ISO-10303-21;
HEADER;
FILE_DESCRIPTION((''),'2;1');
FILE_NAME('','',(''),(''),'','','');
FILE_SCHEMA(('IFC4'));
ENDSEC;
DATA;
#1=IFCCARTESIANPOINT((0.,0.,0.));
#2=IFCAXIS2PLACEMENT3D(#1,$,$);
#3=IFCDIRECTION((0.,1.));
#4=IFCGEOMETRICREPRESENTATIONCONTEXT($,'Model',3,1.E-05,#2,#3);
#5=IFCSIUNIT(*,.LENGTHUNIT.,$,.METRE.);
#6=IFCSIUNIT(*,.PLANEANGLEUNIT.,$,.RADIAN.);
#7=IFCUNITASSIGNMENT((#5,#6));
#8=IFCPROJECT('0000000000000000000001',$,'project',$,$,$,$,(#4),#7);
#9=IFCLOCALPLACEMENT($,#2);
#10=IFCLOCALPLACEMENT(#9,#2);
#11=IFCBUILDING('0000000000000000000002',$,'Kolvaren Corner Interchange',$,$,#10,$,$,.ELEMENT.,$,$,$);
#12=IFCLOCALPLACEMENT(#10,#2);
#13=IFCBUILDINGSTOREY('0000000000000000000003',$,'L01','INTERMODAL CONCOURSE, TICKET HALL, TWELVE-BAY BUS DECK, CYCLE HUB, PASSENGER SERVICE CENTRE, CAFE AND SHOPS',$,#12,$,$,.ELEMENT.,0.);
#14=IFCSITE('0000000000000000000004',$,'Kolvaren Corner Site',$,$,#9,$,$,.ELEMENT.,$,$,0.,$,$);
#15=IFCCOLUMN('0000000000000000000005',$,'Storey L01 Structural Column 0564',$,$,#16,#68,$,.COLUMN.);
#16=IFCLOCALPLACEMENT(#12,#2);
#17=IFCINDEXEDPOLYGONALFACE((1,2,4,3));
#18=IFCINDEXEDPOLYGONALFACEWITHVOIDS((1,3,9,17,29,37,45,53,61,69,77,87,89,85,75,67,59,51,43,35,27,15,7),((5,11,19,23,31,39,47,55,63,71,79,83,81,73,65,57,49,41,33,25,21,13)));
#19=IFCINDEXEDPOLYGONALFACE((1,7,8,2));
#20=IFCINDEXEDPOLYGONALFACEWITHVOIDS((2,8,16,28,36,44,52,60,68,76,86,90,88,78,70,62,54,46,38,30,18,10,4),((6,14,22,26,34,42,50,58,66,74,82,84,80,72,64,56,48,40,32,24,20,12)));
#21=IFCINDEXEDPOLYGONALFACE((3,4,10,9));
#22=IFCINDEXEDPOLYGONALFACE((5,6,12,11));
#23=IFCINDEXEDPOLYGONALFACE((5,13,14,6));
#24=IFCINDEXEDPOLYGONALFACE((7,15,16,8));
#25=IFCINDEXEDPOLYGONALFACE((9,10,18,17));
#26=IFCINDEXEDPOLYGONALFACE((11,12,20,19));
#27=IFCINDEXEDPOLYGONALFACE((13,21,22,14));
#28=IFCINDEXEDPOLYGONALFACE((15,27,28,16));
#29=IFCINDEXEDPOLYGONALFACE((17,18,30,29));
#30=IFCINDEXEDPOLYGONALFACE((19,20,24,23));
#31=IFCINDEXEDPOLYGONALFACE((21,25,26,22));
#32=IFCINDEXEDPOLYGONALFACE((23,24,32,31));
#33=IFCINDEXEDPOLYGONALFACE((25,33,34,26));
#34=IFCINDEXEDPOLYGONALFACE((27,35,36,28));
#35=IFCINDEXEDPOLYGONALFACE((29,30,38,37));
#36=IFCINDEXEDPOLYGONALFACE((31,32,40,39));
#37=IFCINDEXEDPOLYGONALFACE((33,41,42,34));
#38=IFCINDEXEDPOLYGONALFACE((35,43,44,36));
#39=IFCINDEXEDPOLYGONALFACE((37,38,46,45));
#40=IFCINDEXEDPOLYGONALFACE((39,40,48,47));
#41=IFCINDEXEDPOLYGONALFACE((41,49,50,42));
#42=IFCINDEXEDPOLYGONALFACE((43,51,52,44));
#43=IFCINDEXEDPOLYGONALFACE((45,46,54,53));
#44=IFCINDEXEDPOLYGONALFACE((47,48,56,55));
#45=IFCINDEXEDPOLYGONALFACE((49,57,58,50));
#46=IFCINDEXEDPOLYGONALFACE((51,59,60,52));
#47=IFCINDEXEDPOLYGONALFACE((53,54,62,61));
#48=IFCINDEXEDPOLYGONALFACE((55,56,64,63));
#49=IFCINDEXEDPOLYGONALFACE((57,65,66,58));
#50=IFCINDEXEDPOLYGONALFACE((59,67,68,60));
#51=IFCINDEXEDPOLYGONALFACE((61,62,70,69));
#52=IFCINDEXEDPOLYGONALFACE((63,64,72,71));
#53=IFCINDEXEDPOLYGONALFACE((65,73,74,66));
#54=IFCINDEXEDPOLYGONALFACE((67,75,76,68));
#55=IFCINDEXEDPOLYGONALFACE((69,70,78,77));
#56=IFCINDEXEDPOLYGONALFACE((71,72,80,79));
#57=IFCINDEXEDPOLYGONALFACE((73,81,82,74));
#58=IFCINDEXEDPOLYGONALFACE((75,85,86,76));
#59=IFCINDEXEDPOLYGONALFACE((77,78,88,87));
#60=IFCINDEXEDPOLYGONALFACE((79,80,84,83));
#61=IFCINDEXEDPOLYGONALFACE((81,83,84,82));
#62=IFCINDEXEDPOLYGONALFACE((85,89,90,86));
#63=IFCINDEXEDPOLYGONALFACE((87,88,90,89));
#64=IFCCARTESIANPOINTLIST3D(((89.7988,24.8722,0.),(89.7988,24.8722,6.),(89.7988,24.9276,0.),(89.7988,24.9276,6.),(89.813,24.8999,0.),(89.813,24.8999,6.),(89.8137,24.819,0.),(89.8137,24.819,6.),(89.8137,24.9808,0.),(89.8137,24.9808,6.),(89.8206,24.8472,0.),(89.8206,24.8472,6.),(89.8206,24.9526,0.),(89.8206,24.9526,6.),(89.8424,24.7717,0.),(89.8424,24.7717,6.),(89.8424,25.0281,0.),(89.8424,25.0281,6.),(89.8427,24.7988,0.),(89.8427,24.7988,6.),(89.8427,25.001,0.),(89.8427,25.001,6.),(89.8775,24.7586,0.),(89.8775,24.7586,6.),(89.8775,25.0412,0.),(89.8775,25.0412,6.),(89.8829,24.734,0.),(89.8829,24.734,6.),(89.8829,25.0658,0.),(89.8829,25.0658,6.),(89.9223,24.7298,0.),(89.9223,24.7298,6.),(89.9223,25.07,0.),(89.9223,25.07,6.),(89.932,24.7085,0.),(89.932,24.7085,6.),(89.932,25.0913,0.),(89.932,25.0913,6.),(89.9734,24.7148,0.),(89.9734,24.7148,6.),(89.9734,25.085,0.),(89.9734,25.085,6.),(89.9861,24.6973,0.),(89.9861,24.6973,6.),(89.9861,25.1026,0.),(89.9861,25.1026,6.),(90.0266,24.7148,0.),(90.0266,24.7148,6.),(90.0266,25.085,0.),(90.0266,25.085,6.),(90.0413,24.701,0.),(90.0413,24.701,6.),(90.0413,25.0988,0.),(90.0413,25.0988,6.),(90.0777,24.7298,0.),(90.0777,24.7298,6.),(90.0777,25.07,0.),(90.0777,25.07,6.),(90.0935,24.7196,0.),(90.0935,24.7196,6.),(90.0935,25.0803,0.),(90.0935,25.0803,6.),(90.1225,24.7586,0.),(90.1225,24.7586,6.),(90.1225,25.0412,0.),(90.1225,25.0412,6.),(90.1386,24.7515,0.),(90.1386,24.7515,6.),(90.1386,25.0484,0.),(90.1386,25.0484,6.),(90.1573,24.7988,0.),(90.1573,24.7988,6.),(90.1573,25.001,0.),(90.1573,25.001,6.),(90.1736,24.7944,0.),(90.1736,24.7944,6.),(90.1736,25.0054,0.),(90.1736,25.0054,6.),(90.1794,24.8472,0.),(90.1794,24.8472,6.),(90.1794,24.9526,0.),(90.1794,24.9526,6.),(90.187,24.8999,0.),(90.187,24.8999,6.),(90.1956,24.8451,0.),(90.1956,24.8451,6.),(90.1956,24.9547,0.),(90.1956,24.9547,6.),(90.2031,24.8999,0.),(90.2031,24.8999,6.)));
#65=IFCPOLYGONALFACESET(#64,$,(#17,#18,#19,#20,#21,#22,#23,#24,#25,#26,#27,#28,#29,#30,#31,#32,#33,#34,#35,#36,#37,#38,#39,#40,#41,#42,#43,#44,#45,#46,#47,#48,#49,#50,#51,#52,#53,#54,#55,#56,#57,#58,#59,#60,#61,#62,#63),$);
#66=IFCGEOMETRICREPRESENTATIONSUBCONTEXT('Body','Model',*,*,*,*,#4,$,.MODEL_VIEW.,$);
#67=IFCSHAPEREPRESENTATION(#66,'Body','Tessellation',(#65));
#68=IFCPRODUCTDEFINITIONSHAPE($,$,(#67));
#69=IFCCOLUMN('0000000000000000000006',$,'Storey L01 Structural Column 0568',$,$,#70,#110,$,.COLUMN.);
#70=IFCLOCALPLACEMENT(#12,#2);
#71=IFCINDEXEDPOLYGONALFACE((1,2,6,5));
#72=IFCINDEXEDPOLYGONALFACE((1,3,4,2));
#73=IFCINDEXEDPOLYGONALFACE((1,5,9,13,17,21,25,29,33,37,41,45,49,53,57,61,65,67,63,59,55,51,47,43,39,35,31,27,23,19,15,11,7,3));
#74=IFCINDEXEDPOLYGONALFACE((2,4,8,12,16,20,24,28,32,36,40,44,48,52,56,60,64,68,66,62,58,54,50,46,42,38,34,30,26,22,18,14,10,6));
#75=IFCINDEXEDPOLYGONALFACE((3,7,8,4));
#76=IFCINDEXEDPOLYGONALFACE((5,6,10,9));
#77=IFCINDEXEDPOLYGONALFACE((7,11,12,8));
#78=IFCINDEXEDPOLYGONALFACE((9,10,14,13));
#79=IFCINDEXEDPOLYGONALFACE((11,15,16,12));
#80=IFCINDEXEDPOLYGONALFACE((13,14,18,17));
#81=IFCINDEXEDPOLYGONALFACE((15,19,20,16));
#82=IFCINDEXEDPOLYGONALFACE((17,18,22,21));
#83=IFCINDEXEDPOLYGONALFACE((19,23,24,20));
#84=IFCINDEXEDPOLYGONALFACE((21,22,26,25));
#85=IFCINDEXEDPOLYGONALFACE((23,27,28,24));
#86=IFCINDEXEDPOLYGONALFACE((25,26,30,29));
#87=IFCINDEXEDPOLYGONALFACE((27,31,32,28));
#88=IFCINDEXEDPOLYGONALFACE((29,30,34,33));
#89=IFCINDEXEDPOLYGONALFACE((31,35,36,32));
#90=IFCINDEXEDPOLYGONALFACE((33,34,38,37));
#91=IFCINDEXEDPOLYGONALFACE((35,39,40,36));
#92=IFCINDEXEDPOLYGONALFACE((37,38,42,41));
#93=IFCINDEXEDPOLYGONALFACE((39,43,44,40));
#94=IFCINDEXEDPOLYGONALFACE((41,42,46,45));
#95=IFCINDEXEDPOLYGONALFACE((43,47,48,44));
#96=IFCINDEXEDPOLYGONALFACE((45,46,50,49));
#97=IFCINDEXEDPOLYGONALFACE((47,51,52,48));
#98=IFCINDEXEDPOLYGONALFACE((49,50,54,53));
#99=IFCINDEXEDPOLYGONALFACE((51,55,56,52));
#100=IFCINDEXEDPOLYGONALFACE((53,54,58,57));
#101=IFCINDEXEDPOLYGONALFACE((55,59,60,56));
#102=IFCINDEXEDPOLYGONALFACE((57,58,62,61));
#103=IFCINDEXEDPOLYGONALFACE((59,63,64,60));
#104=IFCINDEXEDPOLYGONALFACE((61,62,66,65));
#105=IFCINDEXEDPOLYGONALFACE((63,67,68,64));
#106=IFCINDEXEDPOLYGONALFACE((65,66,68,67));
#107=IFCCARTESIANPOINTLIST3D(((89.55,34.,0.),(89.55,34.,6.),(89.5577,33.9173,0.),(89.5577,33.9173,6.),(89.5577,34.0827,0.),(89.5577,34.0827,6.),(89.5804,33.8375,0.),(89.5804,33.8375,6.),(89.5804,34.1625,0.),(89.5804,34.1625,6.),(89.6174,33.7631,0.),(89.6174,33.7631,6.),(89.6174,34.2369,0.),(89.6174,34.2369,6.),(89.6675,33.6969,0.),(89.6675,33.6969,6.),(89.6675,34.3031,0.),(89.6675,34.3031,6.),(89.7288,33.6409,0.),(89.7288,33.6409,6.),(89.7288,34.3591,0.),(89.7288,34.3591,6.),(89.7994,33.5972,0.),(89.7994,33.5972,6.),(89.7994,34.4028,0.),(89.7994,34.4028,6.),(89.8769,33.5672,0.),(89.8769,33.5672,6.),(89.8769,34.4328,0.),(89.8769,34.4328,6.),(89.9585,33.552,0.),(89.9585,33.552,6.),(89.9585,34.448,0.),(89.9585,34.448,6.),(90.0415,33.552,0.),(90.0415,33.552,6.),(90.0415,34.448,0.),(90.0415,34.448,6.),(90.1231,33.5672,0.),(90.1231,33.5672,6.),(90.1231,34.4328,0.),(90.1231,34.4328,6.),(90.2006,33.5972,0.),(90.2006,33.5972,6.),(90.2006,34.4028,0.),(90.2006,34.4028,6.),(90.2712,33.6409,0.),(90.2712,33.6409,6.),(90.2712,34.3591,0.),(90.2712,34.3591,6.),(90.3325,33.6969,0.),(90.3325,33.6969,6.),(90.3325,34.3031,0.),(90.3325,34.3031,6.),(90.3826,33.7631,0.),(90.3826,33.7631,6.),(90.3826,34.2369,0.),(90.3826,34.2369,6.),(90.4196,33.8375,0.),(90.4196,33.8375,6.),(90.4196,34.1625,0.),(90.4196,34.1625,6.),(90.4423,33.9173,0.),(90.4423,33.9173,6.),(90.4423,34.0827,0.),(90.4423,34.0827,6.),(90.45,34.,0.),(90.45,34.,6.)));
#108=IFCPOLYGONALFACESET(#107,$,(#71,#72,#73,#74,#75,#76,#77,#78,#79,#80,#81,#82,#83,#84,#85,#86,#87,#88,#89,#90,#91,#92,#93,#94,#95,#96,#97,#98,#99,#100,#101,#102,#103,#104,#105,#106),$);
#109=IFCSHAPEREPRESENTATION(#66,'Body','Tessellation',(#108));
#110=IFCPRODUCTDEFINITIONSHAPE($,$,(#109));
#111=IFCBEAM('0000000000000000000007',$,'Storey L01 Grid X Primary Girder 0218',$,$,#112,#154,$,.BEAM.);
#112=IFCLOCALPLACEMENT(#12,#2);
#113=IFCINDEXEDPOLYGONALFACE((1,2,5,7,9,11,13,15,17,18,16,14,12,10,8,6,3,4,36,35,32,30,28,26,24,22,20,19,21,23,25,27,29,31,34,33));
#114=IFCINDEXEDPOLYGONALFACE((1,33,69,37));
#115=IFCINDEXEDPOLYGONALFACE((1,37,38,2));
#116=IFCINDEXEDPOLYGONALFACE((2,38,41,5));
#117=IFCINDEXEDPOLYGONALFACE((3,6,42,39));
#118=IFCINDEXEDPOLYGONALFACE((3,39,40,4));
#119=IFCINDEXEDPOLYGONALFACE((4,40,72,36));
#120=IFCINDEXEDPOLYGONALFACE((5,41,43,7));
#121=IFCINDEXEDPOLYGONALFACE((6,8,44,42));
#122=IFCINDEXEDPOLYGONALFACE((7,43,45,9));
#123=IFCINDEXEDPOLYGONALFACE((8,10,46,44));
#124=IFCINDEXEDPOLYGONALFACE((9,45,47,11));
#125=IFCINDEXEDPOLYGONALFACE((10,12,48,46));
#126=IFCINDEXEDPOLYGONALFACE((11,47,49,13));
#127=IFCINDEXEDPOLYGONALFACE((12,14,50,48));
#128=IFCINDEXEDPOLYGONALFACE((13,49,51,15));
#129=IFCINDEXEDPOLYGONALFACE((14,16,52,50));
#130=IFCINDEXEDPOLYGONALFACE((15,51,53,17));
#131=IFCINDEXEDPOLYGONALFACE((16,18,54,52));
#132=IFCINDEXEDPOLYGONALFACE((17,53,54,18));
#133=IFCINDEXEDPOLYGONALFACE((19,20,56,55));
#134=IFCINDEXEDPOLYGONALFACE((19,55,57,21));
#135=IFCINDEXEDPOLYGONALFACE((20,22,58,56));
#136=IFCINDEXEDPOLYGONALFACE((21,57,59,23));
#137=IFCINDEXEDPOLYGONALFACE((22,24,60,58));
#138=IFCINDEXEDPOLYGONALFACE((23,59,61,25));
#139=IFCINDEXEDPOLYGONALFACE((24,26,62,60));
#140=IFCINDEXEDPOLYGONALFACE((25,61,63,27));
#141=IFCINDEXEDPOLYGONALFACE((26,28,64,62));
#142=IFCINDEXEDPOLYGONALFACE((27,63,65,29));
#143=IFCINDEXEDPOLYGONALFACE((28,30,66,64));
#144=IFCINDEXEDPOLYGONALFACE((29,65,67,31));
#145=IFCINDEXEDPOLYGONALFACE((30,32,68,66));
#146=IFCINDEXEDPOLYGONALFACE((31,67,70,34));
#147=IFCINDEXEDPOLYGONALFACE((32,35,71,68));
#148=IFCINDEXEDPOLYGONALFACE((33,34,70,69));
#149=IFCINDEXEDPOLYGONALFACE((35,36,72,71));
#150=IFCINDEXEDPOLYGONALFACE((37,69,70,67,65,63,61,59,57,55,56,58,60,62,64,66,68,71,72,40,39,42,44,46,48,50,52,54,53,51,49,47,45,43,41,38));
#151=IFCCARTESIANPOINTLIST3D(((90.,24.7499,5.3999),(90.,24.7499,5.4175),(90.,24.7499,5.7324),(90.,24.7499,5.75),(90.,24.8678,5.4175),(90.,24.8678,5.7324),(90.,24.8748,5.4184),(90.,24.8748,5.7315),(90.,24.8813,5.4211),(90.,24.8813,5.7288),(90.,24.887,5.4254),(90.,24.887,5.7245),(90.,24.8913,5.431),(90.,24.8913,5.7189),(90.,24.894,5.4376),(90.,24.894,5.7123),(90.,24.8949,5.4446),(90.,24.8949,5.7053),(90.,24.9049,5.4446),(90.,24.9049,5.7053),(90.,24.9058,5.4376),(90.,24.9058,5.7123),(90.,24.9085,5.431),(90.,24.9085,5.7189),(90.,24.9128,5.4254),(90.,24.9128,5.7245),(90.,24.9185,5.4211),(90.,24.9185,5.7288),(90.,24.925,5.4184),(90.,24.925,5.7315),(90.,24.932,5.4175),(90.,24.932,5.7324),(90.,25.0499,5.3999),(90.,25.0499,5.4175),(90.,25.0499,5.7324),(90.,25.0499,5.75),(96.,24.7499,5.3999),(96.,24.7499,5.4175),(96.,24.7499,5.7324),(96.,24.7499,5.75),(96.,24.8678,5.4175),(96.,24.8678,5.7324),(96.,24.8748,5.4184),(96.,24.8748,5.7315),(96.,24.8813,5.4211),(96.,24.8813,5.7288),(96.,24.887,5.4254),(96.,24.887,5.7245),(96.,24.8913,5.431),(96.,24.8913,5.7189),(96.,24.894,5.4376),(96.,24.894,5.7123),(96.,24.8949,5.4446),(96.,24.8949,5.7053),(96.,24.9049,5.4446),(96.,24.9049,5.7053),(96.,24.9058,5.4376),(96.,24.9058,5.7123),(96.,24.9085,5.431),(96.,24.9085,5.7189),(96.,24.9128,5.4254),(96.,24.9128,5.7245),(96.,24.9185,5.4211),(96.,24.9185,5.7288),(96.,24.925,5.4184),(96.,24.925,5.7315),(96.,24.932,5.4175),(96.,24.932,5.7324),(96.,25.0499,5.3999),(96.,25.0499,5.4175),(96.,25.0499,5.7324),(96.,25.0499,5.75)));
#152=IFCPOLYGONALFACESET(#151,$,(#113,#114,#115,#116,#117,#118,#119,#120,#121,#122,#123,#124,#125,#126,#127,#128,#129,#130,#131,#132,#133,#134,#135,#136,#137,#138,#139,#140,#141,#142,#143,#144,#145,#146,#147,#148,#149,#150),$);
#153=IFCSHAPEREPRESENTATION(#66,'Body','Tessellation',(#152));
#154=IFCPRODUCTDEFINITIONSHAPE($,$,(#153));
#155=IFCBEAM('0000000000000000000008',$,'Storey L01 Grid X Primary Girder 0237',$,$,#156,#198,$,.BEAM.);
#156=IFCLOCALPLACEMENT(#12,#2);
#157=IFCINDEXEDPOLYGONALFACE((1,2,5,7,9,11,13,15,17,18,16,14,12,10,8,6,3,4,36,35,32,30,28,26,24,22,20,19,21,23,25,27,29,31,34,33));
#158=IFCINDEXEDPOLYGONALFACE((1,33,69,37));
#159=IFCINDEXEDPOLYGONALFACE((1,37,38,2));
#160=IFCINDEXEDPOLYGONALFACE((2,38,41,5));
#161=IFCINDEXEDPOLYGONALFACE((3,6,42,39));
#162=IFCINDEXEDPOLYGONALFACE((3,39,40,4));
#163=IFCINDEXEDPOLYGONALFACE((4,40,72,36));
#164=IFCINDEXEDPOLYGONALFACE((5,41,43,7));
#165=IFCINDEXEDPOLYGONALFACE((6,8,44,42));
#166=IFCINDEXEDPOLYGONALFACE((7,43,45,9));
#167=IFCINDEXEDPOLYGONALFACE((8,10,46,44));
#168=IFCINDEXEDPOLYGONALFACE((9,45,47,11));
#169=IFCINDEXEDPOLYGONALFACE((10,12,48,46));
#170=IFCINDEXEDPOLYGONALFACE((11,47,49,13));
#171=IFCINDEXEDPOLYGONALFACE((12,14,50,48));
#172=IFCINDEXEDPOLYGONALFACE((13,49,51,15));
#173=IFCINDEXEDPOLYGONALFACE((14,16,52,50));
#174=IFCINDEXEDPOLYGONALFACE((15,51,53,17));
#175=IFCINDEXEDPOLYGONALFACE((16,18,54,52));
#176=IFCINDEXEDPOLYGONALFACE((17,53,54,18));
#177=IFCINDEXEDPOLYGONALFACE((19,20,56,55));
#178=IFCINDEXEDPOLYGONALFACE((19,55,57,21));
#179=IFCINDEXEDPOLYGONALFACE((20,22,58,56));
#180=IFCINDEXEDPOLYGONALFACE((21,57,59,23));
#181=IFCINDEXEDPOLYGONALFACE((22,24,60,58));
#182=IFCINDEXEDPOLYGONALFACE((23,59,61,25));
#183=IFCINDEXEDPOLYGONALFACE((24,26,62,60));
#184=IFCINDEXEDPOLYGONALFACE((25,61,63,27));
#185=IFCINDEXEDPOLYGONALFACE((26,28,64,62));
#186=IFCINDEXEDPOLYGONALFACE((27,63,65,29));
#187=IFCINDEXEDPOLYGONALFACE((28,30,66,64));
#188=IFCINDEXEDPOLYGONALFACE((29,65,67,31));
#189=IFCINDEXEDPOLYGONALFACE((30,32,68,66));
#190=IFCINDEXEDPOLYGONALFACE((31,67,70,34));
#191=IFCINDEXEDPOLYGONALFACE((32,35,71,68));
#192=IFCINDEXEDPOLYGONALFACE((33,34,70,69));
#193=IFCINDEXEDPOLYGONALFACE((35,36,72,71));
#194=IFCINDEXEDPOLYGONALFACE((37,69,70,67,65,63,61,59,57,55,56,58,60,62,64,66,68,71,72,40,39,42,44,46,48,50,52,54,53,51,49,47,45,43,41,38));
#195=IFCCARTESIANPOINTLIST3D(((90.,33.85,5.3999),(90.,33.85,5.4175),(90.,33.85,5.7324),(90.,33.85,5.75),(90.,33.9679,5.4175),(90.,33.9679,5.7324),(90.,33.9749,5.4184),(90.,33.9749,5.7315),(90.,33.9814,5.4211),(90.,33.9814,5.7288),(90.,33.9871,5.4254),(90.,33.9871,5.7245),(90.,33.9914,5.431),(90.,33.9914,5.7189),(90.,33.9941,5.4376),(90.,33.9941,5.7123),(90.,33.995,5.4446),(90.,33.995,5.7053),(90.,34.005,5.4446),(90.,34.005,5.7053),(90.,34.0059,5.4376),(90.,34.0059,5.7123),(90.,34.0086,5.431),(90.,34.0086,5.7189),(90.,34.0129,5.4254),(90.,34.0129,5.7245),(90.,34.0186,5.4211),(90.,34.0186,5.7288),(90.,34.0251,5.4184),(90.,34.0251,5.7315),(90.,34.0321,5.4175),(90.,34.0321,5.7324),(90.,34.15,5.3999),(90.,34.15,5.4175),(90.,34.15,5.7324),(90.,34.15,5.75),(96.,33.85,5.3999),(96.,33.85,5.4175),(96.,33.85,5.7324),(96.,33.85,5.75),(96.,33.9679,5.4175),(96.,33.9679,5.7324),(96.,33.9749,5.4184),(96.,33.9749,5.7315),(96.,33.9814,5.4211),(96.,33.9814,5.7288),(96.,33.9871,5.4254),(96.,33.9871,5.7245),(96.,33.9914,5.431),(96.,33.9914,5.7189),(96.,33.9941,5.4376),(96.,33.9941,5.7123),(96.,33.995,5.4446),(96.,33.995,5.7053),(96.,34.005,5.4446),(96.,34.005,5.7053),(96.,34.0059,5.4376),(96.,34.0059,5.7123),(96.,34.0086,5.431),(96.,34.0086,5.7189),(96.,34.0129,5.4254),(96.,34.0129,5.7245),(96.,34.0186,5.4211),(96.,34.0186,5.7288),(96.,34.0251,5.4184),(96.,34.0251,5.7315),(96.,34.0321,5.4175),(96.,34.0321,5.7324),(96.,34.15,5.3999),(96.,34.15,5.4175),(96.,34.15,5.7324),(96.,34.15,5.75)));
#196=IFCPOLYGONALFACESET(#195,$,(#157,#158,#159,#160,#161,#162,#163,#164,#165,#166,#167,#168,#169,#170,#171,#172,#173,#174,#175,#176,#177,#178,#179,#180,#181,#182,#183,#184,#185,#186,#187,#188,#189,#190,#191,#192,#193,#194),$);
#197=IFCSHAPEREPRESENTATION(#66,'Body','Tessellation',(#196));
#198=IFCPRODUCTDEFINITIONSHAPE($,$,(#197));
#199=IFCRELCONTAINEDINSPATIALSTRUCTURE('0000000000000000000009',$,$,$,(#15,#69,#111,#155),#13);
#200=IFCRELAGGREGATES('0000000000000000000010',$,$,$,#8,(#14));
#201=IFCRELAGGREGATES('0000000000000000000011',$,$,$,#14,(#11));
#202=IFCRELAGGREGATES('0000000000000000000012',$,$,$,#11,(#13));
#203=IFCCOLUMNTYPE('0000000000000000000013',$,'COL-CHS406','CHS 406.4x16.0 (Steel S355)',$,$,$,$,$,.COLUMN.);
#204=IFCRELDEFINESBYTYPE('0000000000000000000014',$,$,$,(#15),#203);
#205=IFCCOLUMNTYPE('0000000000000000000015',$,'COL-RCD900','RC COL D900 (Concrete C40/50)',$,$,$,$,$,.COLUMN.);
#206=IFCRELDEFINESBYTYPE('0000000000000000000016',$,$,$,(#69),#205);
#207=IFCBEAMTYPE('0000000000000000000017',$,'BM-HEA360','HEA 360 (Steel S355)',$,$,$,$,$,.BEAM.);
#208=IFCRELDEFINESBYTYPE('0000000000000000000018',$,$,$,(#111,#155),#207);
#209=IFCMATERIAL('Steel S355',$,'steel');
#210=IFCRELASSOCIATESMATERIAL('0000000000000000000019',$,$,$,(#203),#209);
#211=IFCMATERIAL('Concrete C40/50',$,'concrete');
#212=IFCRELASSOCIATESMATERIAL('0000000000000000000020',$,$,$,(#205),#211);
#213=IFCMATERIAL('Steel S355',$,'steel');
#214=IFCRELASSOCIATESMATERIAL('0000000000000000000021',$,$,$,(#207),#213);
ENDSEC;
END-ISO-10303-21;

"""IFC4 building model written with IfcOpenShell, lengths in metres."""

from ifc_helpers import new_model, si_unit, direction, frame, origin, origin_2d, place, context, subcontext, project, spatial, circle, hollow_circle, i_section, extrude, material, material_profile, profile_set, type_object, element, save


model = new_model("IFC4")

# Units and contexts
model_context = context("Model", 3, precision=1e-05, world=origin(), true_north=direction((0.0, 1.0)))
body_context = subcontext(model_context, "Body", "Model", "MODEL_VIEW")
ifc_project = project(units=[si_unit("LENGTHUNIT", "METRE"), si_unit("PLANEANGLEUNIT", "RADIAN")], contexts=[model_context])

# Site, building, storey
site_placement = place(None, origin())
site = spatial("IfcSite", under=ifc_project, at=site_placement, Name="Kolvaren Corner Site", CompositionType="ELEMENT", RefElevation=0.0)
building_placement = place(site_placement, origin())
building = spatial("IfcBuilding", under=site, at=building_placement, Name="Kolvaren Corner Interchange", CompositionType="ELEMENT")
storey_placement = place(building_placement, origin())
storey = spatial("IfcBuildingStorey", under=building, at=storey_placement, Name="L01", Description="INTERMODAL CONCOURSE, TICKET HALL, TWELVE-BAY BUS DECK, CYCLE HUB, PASSENGER SERVICE CENTRE, CAFE AND SHOPS", CompositionType="ELEMENT", Elevation=0.0)

# Columns
ifc_material_1 = material(Name="Steel S355", Category="steel")
ifc_material_profile_1 = material_profile(ifc_material_1, hollow_circle(Radius=0.2031, WallThickness=0.0161, at=origin_2d()), Name="CHS 406.4x16.0")
ifc_profile_set_1 = profile_set([ifc_material_profile_1], Name="Steel S355")
column_type_1 = type_object("IfcColumnType", Name="COL-CHS406", Description="CHS 406.4x16.0 (Steel S355)", PredefinedType="COLUMN", material=ifc_profile_set_1)
column_1_placement = place(storey_placement, frame((90.0, 24.8999, 0.0), z_axis=(0.0, 0.0, 1.0), x_axis=(1.0, 0.0, 0.0)))
element("IfcColumn", 1, at=column_1_placement, inside=storey, type_object=column_type_1, Name="Storey L01 Structural Column 0564", PredefinedType="COLUMN", context=body_context, shape_type="SweptSolid", body=[
    extrude(hollow_circle(Radius=0.2031, WallThickness=0.0161, at=origin_2d()), origin(), (0.0, 0.0, 1.0), 6.0),
])
ifc_material_2 = material(Name="Concrete C40/50", Category="concrete")
ifc_material_profile_2 = material_profile(ifc_material_2, circle(Radius=0.45, at=origin_2d()), Name="RC COL D900")
ifc_profile_set_2 = profile_set([ifc_material_profile_2], Name="Concrete C40/50")
column_type_2 = type_object("IfcColumnType", Name="COL-RCD900", Description="RC COL D900 (Concrete C40/50)", PredefinedType="COLUMN", material=ifc_profile_set_2)
column_2_placement = place(storey_placement, frame((90.0, 34.0, 0.0), z_axis=(0.0, 0.0, 1.0), x_axis=(1.0, 0.0, 0.0)))
element("IfcColumn", 2, at=column_2_placement, inside=storey, type_object=column_type_2, Name="Storey L01 Structural Column 0568", PredefinedType="COLUMN", context=body_context, shape_type="SweptSolid", body=[
    extrude(circle(Radius=0.45, at=origin_2d()), origin(), (0.0, 0.0, 1.0), 6.0),
])

# Beams
ifc_material_3 = material(Name="Steel S355", Category="steel")
ifc_material_profile_3 = material_profile(ifc_material_3, i_section(OverallWidth=0.3, OverallDepth=0.3501, WebThickness=0.01, FlangeThickness=0.0176, FilletRadius=0.0271, at=origin_2d()), Name="HEA 360")
ifc_profile_set_3 = profile_set([ifc_material_profile_3], Name="Steel S355")
beam_type = type_object("IfcBeamType", Name="BM-HEA360", Description="HEA 360 (Steel S355)", PredefinedType="BEAM", material=ifc_profile_set_3)
for number, where, z_axis, x_axis, name in (
    (3, (90.0, 24.8999, 5.575), (1.0, 0.0, 0.0), (0.0, 1.0, 0.0), "Storey L01 Grid X Primary Girder 0218"),
    (4, (90.0, 34.0, 5.575), (1.0, 0.0, 0.0), (0.0, 1.0, 0.0), "Storey L01 Grid X Primary Girder 0237"),
):
    element("IfcBeam", number, at=place(storey_placement, frame(where, z_axis=z_axis, x_axis=x_axis)), inside=storey, type_object=beam_type, Name=name, PredefinedType="BEAM", context=body_context, shape_type="SweptSolid", body=[
        extrude(i_section(OverallWidth=0.3, OverallDepth=0.3501, WebThickness=0.01, FlangeThickness=0.0176, FilletRadius=0.0271, at=origin_2d()), origin(), (0.0, 0.0, 1.0), 6.0),
    ])

save(model, "model.ifc")
